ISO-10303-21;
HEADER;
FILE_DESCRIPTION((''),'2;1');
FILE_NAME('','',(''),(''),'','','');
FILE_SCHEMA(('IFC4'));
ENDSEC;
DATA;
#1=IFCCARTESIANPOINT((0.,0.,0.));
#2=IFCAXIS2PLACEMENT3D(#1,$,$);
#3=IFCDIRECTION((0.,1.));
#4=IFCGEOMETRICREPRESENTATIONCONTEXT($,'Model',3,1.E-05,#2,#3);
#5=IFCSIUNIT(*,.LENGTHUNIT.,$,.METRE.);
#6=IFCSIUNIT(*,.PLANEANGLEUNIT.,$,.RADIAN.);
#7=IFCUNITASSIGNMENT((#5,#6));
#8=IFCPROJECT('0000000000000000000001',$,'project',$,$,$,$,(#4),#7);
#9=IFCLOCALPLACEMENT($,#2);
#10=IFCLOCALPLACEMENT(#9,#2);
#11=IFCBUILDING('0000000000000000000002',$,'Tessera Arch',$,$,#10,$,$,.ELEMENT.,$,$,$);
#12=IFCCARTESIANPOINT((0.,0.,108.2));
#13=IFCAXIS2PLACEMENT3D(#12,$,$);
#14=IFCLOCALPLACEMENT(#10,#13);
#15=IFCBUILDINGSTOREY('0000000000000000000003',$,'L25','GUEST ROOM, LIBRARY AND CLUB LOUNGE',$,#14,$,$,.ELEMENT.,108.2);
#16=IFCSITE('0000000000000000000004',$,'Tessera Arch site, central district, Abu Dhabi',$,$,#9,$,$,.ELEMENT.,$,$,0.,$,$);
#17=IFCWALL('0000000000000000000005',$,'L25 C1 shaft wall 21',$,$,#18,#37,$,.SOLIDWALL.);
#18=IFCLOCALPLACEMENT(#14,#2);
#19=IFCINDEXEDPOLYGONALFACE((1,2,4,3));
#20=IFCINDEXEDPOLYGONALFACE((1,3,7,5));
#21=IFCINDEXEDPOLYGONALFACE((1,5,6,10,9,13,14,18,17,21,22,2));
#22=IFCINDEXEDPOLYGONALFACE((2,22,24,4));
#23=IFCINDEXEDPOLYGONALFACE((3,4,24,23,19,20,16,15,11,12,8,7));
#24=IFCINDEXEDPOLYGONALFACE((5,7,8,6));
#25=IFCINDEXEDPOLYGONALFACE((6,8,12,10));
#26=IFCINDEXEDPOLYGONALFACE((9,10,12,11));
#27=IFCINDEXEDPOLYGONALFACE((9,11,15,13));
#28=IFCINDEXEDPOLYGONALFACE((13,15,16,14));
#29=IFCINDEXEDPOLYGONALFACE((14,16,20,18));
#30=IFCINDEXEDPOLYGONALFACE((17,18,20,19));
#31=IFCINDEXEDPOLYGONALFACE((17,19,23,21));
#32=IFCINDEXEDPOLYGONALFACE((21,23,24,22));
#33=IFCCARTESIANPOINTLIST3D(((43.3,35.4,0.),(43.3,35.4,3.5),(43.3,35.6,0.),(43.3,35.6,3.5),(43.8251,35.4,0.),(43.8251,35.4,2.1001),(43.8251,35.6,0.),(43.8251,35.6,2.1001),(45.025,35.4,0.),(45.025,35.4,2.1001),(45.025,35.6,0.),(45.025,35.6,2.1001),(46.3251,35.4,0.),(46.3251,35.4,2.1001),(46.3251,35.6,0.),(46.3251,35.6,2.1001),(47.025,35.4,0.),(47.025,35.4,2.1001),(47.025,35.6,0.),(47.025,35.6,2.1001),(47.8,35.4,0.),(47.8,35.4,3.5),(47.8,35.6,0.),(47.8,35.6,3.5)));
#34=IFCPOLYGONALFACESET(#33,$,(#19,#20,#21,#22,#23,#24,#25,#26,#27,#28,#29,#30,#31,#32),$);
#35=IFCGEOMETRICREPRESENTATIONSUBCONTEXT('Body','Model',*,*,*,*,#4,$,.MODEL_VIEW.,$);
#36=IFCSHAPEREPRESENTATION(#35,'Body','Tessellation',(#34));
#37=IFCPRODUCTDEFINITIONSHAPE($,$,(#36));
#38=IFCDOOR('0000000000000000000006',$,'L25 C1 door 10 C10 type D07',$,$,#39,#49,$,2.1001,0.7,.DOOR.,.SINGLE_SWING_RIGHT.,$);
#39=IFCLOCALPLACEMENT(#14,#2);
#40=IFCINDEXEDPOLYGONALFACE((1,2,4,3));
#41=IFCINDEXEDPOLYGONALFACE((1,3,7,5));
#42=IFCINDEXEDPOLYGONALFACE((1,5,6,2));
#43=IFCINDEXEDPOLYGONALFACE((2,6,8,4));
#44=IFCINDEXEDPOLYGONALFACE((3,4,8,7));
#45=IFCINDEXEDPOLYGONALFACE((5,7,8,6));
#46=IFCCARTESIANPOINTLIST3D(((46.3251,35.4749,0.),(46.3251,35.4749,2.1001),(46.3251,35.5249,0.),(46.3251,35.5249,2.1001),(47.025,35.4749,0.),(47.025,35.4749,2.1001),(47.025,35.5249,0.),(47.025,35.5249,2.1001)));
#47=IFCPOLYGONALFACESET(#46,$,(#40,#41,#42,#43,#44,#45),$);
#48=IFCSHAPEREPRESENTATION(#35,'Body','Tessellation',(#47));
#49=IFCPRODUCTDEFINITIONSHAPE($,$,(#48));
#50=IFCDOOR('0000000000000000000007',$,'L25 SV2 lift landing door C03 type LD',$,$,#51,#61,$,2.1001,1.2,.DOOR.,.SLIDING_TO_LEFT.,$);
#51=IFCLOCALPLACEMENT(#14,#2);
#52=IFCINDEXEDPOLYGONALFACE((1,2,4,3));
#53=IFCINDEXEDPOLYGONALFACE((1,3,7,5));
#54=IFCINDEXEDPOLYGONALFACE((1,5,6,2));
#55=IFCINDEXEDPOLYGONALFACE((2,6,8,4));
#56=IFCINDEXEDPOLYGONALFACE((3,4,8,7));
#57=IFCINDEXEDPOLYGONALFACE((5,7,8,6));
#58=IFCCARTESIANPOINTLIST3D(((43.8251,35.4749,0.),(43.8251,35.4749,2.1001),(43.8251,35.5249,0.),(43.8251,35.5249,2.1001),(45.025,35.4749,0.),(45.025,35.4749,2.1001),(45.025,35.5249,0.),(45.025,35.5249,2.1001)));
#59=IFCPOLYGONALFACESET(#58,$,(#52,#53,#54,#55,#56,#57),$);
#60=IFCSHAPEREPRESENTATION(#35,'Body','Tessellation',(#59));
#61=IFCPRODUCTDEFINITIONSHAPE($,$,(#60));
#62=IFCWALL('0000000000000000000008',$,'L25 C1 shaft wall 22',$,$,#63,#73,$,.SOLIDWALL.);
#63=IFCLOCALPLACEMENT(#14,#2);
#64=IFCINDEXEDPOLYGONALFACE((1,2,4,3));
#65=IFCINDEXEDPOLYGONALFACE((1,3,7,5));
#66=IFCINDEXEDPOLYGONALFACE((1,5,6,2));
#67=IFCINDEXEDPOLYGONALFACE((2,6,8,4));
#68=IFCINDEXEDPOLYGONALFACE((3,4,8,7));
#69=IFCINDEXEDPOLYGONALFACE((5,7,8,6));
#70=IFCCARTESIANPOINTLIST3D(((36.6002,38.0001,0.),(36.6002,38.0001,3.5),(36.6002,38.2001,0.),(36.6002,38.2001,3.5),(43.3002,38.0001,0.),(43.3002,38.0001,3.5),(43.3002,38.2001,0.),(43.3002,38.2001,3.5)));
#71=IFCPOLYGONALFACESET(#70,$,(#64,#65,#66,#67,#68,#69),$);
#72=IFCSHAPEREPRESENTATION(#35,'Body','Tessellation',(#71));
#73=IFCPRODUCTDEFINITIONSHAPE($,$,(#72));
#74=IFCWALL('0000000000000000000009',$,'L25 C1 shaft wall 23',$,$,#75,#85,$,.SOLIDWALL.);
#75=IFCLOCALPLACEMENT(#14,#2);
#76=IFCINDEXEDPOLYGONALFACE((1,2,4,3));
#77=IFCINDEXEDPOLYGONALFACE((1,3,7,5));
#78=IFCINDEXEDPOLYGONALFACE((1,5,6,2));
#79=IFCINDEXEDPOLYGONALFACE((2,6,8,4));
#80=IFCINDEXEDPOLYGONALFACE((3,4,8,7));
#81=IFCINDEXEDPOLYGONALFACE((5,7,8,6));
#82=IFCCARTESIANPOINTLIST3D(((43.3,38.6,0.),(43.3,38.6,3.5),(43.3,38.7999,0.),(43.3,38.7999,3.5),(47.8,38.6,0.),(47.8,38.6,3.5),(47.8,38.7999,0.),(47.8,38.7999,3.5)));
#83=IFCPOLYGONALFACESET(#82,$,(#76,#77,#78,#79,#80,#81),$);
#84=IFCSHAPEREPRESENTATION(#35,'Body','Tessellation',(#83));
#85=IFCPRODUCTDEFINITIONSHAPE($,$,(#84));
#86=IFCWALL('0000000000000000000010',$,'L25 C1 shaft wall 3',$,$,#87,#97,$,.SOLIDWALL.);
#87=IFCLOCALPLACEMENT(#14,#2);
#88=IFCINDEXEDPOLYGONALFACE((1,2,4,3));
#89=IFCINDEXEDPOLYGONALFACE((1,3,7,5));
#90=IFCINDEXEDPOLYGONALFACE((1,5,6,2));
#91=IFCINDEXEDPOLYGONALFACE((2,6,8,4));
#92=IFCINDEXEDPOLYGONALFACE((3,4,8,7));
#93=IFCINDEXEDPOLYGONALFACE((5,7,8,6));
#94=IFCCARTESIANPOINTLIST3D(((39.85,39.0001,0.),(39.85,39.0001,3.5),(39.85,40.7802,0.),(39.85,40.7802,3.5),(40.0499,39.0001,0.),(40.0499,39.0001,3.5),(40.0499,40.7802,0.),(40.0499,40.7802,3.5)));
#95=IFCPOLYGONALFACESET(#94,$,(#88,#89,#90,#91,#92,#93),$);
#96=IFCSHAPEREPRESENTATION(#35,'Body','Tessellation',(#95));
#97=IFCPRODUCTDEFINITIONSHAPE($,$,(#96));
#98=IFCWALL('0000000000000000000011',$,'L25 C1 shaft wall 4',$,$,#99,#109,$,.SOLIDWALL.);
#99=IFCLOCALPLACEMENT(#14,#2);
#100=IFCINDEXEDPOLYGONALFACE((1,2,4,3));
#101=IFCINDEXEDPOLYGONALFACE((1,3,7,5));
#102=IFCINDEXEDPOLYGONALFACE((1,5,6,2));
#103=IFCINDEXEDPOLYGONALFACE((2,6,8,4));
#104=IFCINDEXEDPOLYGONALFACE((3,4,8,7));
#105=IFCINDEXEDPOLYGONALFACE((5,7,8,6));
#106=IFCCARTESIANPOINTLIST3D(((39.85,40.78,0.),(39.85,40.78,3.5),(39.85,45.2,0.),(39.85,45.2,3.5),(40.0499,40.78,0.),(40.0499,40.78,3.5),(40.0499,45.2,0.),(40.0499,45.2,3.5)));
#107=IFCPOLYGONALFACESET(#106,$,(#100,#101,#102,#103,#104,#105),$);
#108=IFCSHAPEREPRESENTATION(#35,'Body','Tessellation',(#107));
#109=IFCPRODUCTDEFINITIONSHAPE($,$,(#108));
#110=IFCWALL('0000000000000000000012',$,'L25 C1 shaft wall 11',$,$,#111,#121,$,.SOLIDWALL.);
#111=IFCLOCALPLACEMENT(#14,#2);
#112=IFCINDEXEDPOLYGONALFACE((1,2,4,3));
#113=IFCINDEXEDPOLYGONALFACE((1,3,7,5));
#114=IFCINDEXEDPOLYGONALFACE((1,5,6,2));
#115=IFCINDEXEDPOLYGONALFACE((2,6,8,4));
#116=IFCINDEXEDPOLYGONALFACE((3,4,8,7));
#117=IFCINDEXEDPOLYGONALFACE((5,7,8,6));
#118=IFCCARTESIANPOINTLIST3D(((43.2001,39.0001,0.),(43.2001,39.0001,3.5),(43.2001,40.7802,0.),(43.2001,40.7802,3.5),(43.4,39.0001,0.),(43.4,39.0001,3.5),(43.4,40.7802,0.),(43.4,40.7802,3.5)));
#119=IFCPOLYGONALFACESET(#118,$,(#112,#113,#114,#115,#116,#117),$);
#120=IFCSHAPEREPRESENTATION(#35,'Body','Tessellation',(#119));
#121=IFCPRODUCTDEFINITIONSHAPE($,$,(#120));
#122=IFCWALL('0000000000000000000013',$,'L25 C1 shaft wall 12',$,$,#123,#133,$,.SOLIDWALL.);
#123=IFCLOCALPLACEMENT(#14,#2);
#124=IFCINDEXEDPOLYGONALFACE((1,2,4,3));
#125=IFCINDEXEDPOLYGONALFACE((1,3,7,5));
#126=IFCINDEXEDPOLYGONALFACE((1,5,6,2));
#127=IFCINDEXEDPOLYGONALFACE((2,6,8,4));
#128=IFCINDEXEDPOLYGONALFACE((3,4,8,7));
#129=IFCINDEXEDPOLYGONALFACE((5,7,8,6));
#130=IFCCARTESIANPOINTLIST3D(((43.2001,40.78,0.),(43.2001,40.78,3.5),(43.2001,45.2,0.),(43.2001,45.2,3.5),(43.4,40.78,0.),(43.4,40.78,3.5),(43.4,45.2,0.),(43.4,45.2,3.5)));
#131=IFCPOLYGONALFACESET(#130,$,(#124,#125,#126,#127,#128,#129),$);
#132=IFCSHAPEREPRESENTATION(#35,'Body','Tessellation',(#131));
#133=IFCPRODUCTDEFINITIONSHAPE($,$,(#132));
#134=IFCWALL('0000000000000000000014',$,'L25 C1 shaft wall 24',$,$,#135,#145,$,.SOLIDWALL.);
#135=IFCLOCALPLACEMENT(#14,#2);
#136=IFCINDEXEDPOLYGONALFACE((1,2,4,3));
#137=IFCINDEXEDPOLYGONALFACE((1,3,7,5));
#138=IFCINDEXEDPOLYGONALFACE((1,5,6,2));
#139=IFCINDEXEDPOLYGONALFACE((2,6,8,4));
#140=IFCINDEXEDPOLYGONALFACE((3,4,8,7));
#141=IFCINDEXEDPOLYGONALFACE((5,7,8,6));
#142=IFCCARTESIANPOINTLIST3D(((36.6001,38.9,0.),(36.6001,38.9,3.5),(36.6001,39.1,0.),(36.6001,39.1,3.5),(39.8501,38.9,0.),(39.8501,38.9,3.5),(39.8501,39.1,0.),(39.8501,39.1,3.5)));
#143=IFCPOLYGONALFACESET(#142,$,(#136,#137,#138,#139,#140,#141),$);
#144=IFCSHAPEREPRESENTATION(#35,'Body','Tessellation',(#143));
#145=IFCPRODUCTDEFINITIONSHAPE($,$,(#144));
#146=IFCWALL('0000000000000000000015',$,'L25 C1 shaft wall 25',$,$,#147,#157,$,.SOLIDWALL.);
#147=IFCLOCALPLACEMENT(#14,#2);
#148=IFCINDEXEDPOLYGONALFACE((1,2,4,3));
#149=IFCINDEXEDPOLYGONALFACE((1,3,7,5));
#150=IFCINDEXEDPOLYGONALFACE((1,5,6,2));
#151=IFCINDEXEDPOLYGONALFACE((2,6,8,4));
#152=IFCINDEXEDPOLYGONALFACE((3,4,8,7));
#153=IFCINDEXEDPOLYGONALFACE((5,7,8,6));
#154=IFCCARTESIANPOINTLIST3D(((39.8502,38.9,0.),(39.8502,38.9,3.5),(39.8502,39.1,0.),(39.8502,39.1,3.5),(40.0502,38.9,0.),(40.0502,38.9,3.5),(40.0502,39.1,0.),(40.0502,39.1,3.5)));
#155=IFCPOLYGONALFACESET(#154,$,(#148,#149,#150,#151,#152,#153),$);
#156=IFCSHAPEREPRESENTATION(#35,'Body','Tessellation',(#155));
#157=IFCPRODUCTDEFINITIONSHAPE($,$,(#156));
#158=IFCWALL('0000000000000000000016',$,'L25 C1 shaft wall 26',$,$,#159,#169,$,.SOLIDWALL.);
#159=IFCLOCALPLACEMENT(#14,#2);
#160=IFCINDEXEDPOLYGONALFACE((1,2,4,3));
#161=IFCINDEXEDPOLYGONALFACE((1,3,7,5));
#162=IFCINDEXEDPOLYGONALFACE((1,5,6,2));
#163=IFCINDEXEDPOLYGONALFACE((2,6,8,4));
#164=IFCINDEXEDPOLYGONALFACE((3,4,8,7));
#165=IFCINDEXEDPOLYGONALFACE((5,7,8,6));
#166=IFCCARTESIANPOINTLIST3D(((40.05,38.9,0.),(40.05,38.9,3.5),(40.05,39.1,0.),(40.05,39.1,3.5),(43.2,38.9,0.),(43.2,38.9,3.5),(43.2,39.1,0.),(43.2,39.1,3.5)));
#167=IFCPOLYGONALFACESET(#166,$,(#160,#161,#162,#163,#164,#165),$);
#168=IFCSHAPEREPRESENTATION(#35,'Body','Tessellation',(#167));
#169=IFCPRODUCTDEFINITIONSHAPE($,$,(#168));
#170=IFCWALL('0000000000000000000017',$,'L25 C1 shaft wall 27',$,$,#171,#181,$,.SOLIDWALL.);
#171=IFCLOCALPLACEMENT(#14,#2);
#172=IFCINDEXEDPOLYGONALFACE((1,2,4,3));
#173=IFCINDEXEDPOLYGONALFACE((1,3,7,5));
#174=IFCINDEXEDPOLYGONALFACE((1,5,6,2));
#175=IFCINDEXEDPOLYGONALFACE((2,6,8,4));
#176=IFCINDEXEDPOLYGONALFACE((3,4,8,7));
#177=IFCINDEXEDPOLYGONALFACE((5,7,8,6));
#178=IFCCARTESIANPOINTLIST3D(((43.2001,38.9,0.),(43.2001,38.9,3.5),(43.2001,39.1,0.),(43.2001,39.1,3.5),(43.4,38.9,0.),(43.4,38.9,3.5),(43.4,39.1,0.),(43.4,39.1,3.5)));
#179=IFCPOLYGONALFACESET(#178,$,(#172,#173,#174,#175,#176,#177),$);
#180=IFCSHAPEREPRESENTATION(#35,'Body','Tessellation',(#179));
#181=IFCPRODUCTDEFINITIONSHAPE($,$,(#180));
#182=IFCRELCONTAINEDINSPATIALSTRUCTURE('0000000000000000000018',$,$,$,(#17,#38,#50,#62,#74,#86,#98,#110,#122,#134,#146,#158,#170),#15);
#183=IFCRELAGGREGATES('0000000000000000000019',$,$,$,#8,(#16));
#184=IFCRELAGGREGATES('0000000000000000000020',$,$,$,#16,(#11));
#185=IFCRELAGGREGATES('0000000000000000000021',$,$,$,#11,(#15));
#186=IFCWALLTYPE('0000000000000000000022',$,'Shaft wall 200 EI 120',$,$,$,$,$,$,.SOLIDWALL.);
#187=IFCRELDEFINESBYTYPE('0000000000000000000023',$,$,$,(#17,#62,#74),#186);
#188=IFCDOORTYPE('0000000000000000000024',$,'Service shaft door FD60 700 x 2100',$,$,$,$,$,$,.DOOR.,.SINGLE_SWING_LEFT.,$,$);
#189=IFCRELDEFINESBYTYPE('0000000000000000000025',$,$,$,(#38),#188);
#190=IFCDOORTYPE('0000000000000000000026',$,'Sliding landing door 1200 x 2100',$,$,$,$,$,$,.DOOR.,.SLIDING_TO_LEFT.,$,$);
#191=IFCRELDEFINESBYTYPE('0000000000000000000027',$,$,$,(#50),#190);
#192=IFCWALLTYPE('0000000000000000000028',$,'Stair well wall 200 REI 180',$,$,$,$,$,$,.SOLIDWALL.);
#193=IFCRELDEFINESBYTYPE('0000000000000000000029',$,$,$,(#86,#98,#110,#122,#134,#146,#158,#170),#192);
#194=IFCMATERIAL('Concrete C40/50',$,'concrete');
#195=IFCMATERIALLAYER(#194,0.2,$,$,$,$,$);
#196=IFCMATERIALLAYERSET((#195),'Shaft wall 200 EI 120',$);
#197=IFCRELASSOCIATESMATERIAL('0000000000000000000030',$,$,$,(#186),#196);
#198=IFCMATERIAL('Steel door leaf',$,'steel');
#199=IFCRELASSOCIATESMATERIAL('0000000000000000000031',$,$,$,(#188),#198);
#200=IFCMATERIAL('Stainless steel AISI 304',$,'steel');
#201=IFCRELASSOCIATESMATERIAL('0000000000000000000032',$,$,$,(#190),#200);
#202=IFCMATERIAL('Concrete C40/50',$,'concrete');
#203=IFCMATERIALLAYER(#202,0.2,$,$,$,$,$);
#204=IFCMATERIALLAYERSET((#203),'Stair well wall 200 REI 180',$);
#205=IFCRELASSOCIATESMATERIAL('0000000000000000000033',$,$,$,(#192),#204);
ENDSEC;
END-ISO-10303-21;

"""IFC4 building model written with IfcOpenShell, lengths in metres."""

from ifc_helpers import new_model, si_unit, direction, frame, frame_2d, origin, place, context, subcontext, project, spatial, rectangle, extrude, material, layer, layer_set, type_object, element, fill, save


model = new_model("IFC4")

# Units and contexts
model_context = context("Model", 3, precision=1e-05, world=origin(), true_north=direction((0.0, 1.0)))
body_context = subcontext(model_context, "Body", "Model", "MODEL_VIEW")
ifc_project = project(units=[si_unit("LENGTHUNIT", "METRE"), si_unit("PLANEANGLEUNIT", "RADIAN")], contexts=[model_context])

# Site, building, storey
site_placement = place(None, origin())
site = spatial("IfcSite", under=ifc_project, at=site_placement, Name="Tessera Arch site, central district, Abu Dhabi", CompositionType="ELEMENT", RefElevation=0.0)
building_placement = place(site_placement, origin())
building = spatial("IfcBuilding", under=site, at=building_placement, Name="Tessera Arch", CompositionType="ELEMENT")
storey_placement = place(building_placement, frame((0.0, 0.0, 108.2)))
storey = spatial("IfcBuildingStorey", under=building, at=storey_placement, Name="L25", Description="GUEST ROOM, LIBRARY AND CLUB LOUNGE", CompositionType="ELEMENT", Elevation=108.2)

# Wall, openings, doors
ifc_material_1 = material(Name="Concrete C40/50", Category="concrete")
ifc_layer_1 = layer(ifc_material_1, 0.2)
ifc_layer_set_1 = layer_set([ifc_layer_1], Name="Shaft wall 200 EI 120")
wall_type_1 = type_object("IfcWallType", Name="Shaft wall 200 EI 120", PredefinedType="SOLIDWALL", material=ifc_layer_set_1)
wall_1_placement = place(storey_placement, frame((43.3, 35.5, 0.0), z_axis=(0.0, 0.0, 1.0), x_axis=(1.0, 0.0, 0.0)))
wall_1 = element("IfcWall", 1, at=wall_1_placement, inside=storey, type_object=wall_type_1, Name="L25 C1 shaft wall 21", PredefinedType="SOLIDWALL", context=body_context, shape_type="SweptSolid", body=[
    extrude(rectangle(XDim=4.5, YDim=0.2, at=frame_2d((2.25, 0.0))), origin(), (0.0, 0.0, 1.0), 3.5),
])
opening_1_placement = place(wall_1_placement, frame((0.5249, 0.0, 0.0)))
opening_1 = element("IfcOpeningElement", 2, at=opening_1_placement, cuts=wall_1, PredefinedType="OPENING", context=body_context, shape_type="SweptSolid", body=[
    extrude(rectangle(XDim=1.2, YDim=2.1001, at=frame_2d((0.6001, 1.05))), frame((0.0, 0.1099, 0.0), z_axis=(0.0, -1.0, 0.0), x_axis=(1.0, 0.0, 0.0)), (0.0, 0.0, 1.0), 0.22),
])
opening_2_placement = place(wall_1_placement, frame((3.0249, 0.0, 0.0)))
opening_2 = element("IfcOpeningElement", 3, at=opening_2_placement, cuts=wall_1, PredefinedType="OPENING", context=body_context, shape_type="SweptSolid", body=[
    extrude(rectangle(XDim=0.7, YDim=2.1001, at=frame_2d((0.3501, 1.05))), frame((0.0, 0.1099, 0.0), z_axis=(0.0, -1.0, 0.0), x_axis=(1.0, 0.0, 0.0)), (0.0, 0.0, 1.0), 0.22),
])
ifc_material_2 = material(Name="Steel door leaf", Category="steel")
door_type_1 = type_object("IfcDoorType", Name="Service shaft door FD60 700 x 2100", OperationType="SINGLE_SWING_LEFT", PredefinedType="DOOR", material=ifc_material_2)
door_1_placement = place(opening_2_placement, origin())
door_1 = element("IfcDoor", 4, at=door_1_placement, inside=storey, type_object=door_type_1, Name="L25 C1 door 10 C10 type D07", OperationType="SINGLE_SWING_RIGHT", OverallHeight=2.1001, OverallWidth=0.7, PredefinedType="DOOR", context=body_context, shape_type="SweptSolid", body=[
    extrude(rectangle(XDim=0.7, YDim=2.1001, at=frame_2d((0.3501, 1.05))), frame((0.0, 0.0249, 0.0), z_axis=(0.0, -1.0, 0.0), x_axis=(1.0, 0.0, 0.0)), (0.0, 0.0, 1.0), 0.05),
])
fill(opening_2, door_1)
ifc_material_3 = material(Name="Stainless steel AISI 304", Category="steel")
door_type_2 = type_object("IfcDoorType", Name="Sliding landing door 1200 x 2100", OperationType="SLIDING_TO_LEFT", PredefinedType="DOOR", material=ifc_material_3)
door_2_placement = place(opening_1_placement, origin())
door_2 = element("IfcDoor", 5, at=door_2_placement, inside=storey, type_object=door_type_2, Name="L25 SV2 lift landing door C03 type LD", OperationType="SLIDING_TO_LEFT", OverallHeight=2.1001, OverallWidth=1.2, PredefinedType="DOOR", context=body_context, shape_type="SweptSolid", body=[
    extrude(rectangle(XDim=1.2, YDim=2.1001, at=frame_2d((0.6001, 1.05))), frame((0.0, 0.0249, 0.0), z_axis=(0.0, -1.0, 0.0), x_axis=(1.0, 0.0, 0.0)), (0.0, 0.0, 1.0), 0.05),
])
fill(opening_1, door_2)

# Walls
wall_2_placement = place(storey_placement, frame((36.6001, 38.1001, 0.0), z_axis=(0.0, 0.0, 1.0), x_axis=(1.0, 0.0, 0.0)))
element("IfcWall", 6, at=wall_2_placement, inside=storey, type_object=wall_type_1, Name="L25 C1 shaft wall 22", PredefinedType="SOLIDWALL", context=body_context, shape_type="SweptSolid", body=[
    extrude(rectangle(XDim=6.7, YDim=0.2, at=frame_2d((3.3501, 0.0))), origin(), (0.0, 0.0, 1.0), 3.5),
])
wall_3_placement = place(storey_placement, frame((43.3, 38.7, 0.0), z_axis=(0.0, 0.0, 1.0), x_axis=(1.0, 0.0, 0.0)))
element("IfcWall", 7, at=wall_3_placement, inside=storey, type_object=wall_type_1, Name="L25 C1 shaft wall 23", PredefinedType="SOLIDWALL", context=body_context, shape_type="SweptSolid", body=[
    extrude(rectangle(XDim=4.5, YDim=0.2, at=frame_2d((2.25, 0.0))), origin(), (0.0, 0.0, 1.0), 3.5),
])
ifc_material_4 = material(Name="Concrete C40/50", Category="concrete")
ifc_layer_2 = layer(ifc_material_4, 0.2)
ifc_layer_set_2 = layer_set([ifc_layer_2], Name="Stair well wall 200 REI 180")
wall_type_2 = type_object("IfcWallType", Name="Stair well wall 200 REI 180", PredefinedType="SOLIDWALL", material=ifc_layer_set_2)
wall_4_placement = place(storey_placement, frame((39.95, 39.0, 0.0), z_axis=(0.0, 0.0, 1.0), x_axis=(0.0, 1.0, 0.0)))
element("IfcWall", 8, at=wall_4_placement, inside=storey, type_object=wall_type_2, Name="L25 C1 shaft wall 3", PredefinedType="SOLIDWALL", context=body_context, shape_type="SweptSolid", body=[
    extrude(rectangle(XDim=1.78, YDim=0.2, at=frame_2d((0.8901, 0.0))), origin(), (0.0, 0.0, 1.0), 3.5),
])
wall_5_placement = place(storey_placement, frame((39.95, 40.78, 0.0), z_axis=(0.0, 0.0, 1.0), x_axis=(0.0, 1.0, 0.0)))
element("IfcWall", 9, at=wall_5_placement, inside=storey, type_object=wall_type_2, Name="L25 C1 shaft wall 4", PredefinedType="SOLIDWALL", context=body_context, shape_type="SweptSolid", body=[
    extrude(rectangle(XDim=4.4199, YDim=0.2, at=frame_2d((2.21, 0.0))), origin(), (0.0, 0.0, 1.0), 3.5),
])
wall_6_placement = place(storey_placement, frame((43.3, 39.0, 0.0), z_axis=(0.0, 0.0, 1.0), x_axis=(0.0, 1.0, 0.0)))
element("IfcWall", 10, at=wall_6_placement, inside=storey, type_object=wall_type_2, Name="L25 C1 shaft wall 11", PredefinedType="SOLIDWALL", context=body_context, shape_type="SweptSolid", body=[
    extrude(rectangle(XDim=1.78, YDim=0.2, at=frame_2d((0.8901, 0.0))), origin(), (0.0, 0.0, 1.0), 3.5),
])
wall_7_placement = place(storey_placement, frame((43.3, 40.78, 0.0), z_axis=(0.0, 0.0, 1.0), x_axis=(0.0, 1.0, 0.0)))
element("IfcWall", 11, at=wall_7_placement, inside=storey, type_object=wall_type_2, Name="L25 C1 shaft wall 12", PredefinedType="SOLIDWALL", context=body_context, shape_type="SweptSolid", body=[
    extrude(rectangle(XDim=4.4199, YDim=0.2, at=frame_2d((2.21, 0.0))), origin(), (0.0, 0.0, 1.0), 3.5),
])
wall_8_placement = place(storey_placement, frame((36.6001, 39.0, 0.0), z_axis=(0.0, 0.0, 1.0), x_axis=(1.0, 0.0, 0.0)))
element("IfcWall", 12, at=wall_8_placement, inside=storey, type_object=wall_type_2, Name="L25 C1 shaft wall 24", PredefinedType="SOLIDWALL", context=body_context, shape_type="SweptSolid", body=[
    extrude(rectangle(XDim=3.25, YDim=0.2, at=frame_2d((1.625, 0.0))), origin(), (0.0, 0.0, 1.0), 3.5),
])
wall_9_placement = place(storey_placement, frame((39.8501, 39.0, 0.0), z_axis=(0.0, 0.0, 1.0), x_axis=(1.0, 0.0, 0.0)))
element("IfcWall", 13, at=wall_9_placement, inside=storey, type_object=wall_type_2, Name="L25 C1 shaft wall 25", PredefinedType="SOLIDWALL", context=body_context, shape_type="SweptSolid", body=[
    extrude(rectangle(XDim=0.2, YDim=0.2, at=frame_2d((0.1001, 0.0))), origin(), (0.0, 0.0, 1.0), 3.5),
])
wall_10_placement = place(storey_placement, frame((40.05, 39.0, 0.0), z_axis=(0.0, 0.0, 1.0), x_axis=(1.0, 0.0, 0.0)))
element("IfcWall", 14, at=wall_10_placement, inside=storey, type_object=wall_type_2, Name="L25 C1 shaft wall 26", PredefinedType="SOLIDWALL", context=body_context, shape_type="SweptSolid", body=[
    extrude(rectangle(XDim=3.1499, YDim=0.2, at=frame_2d((1.575, 0.0))), origin(), (0.0, 0.0, 1.0), 3.5),
])
wall_11_placement = place(storey_placement, frame((43.2, 39.0, 0.0), z_axis=(0.0, 0.0, 1.0), x_axis=(1.0, 0.0, 0.0)))
element("IfcWall", 15, at=wall_11_placement, inside=storey, type_object=wall_type_2, Name="L25 C1 shaft wall 27", PredefinedType="SOLIDWALL", context=body_context, shape_type="SweptSolid", body=[
    extrude(rectangle(XDim=0.2, YDim=0.2, at=frame_2d((0.1001, 0.0))), origin(), (0.0, 0.0, 1.0), 3.5),
])

save(model, "model.ifc")
